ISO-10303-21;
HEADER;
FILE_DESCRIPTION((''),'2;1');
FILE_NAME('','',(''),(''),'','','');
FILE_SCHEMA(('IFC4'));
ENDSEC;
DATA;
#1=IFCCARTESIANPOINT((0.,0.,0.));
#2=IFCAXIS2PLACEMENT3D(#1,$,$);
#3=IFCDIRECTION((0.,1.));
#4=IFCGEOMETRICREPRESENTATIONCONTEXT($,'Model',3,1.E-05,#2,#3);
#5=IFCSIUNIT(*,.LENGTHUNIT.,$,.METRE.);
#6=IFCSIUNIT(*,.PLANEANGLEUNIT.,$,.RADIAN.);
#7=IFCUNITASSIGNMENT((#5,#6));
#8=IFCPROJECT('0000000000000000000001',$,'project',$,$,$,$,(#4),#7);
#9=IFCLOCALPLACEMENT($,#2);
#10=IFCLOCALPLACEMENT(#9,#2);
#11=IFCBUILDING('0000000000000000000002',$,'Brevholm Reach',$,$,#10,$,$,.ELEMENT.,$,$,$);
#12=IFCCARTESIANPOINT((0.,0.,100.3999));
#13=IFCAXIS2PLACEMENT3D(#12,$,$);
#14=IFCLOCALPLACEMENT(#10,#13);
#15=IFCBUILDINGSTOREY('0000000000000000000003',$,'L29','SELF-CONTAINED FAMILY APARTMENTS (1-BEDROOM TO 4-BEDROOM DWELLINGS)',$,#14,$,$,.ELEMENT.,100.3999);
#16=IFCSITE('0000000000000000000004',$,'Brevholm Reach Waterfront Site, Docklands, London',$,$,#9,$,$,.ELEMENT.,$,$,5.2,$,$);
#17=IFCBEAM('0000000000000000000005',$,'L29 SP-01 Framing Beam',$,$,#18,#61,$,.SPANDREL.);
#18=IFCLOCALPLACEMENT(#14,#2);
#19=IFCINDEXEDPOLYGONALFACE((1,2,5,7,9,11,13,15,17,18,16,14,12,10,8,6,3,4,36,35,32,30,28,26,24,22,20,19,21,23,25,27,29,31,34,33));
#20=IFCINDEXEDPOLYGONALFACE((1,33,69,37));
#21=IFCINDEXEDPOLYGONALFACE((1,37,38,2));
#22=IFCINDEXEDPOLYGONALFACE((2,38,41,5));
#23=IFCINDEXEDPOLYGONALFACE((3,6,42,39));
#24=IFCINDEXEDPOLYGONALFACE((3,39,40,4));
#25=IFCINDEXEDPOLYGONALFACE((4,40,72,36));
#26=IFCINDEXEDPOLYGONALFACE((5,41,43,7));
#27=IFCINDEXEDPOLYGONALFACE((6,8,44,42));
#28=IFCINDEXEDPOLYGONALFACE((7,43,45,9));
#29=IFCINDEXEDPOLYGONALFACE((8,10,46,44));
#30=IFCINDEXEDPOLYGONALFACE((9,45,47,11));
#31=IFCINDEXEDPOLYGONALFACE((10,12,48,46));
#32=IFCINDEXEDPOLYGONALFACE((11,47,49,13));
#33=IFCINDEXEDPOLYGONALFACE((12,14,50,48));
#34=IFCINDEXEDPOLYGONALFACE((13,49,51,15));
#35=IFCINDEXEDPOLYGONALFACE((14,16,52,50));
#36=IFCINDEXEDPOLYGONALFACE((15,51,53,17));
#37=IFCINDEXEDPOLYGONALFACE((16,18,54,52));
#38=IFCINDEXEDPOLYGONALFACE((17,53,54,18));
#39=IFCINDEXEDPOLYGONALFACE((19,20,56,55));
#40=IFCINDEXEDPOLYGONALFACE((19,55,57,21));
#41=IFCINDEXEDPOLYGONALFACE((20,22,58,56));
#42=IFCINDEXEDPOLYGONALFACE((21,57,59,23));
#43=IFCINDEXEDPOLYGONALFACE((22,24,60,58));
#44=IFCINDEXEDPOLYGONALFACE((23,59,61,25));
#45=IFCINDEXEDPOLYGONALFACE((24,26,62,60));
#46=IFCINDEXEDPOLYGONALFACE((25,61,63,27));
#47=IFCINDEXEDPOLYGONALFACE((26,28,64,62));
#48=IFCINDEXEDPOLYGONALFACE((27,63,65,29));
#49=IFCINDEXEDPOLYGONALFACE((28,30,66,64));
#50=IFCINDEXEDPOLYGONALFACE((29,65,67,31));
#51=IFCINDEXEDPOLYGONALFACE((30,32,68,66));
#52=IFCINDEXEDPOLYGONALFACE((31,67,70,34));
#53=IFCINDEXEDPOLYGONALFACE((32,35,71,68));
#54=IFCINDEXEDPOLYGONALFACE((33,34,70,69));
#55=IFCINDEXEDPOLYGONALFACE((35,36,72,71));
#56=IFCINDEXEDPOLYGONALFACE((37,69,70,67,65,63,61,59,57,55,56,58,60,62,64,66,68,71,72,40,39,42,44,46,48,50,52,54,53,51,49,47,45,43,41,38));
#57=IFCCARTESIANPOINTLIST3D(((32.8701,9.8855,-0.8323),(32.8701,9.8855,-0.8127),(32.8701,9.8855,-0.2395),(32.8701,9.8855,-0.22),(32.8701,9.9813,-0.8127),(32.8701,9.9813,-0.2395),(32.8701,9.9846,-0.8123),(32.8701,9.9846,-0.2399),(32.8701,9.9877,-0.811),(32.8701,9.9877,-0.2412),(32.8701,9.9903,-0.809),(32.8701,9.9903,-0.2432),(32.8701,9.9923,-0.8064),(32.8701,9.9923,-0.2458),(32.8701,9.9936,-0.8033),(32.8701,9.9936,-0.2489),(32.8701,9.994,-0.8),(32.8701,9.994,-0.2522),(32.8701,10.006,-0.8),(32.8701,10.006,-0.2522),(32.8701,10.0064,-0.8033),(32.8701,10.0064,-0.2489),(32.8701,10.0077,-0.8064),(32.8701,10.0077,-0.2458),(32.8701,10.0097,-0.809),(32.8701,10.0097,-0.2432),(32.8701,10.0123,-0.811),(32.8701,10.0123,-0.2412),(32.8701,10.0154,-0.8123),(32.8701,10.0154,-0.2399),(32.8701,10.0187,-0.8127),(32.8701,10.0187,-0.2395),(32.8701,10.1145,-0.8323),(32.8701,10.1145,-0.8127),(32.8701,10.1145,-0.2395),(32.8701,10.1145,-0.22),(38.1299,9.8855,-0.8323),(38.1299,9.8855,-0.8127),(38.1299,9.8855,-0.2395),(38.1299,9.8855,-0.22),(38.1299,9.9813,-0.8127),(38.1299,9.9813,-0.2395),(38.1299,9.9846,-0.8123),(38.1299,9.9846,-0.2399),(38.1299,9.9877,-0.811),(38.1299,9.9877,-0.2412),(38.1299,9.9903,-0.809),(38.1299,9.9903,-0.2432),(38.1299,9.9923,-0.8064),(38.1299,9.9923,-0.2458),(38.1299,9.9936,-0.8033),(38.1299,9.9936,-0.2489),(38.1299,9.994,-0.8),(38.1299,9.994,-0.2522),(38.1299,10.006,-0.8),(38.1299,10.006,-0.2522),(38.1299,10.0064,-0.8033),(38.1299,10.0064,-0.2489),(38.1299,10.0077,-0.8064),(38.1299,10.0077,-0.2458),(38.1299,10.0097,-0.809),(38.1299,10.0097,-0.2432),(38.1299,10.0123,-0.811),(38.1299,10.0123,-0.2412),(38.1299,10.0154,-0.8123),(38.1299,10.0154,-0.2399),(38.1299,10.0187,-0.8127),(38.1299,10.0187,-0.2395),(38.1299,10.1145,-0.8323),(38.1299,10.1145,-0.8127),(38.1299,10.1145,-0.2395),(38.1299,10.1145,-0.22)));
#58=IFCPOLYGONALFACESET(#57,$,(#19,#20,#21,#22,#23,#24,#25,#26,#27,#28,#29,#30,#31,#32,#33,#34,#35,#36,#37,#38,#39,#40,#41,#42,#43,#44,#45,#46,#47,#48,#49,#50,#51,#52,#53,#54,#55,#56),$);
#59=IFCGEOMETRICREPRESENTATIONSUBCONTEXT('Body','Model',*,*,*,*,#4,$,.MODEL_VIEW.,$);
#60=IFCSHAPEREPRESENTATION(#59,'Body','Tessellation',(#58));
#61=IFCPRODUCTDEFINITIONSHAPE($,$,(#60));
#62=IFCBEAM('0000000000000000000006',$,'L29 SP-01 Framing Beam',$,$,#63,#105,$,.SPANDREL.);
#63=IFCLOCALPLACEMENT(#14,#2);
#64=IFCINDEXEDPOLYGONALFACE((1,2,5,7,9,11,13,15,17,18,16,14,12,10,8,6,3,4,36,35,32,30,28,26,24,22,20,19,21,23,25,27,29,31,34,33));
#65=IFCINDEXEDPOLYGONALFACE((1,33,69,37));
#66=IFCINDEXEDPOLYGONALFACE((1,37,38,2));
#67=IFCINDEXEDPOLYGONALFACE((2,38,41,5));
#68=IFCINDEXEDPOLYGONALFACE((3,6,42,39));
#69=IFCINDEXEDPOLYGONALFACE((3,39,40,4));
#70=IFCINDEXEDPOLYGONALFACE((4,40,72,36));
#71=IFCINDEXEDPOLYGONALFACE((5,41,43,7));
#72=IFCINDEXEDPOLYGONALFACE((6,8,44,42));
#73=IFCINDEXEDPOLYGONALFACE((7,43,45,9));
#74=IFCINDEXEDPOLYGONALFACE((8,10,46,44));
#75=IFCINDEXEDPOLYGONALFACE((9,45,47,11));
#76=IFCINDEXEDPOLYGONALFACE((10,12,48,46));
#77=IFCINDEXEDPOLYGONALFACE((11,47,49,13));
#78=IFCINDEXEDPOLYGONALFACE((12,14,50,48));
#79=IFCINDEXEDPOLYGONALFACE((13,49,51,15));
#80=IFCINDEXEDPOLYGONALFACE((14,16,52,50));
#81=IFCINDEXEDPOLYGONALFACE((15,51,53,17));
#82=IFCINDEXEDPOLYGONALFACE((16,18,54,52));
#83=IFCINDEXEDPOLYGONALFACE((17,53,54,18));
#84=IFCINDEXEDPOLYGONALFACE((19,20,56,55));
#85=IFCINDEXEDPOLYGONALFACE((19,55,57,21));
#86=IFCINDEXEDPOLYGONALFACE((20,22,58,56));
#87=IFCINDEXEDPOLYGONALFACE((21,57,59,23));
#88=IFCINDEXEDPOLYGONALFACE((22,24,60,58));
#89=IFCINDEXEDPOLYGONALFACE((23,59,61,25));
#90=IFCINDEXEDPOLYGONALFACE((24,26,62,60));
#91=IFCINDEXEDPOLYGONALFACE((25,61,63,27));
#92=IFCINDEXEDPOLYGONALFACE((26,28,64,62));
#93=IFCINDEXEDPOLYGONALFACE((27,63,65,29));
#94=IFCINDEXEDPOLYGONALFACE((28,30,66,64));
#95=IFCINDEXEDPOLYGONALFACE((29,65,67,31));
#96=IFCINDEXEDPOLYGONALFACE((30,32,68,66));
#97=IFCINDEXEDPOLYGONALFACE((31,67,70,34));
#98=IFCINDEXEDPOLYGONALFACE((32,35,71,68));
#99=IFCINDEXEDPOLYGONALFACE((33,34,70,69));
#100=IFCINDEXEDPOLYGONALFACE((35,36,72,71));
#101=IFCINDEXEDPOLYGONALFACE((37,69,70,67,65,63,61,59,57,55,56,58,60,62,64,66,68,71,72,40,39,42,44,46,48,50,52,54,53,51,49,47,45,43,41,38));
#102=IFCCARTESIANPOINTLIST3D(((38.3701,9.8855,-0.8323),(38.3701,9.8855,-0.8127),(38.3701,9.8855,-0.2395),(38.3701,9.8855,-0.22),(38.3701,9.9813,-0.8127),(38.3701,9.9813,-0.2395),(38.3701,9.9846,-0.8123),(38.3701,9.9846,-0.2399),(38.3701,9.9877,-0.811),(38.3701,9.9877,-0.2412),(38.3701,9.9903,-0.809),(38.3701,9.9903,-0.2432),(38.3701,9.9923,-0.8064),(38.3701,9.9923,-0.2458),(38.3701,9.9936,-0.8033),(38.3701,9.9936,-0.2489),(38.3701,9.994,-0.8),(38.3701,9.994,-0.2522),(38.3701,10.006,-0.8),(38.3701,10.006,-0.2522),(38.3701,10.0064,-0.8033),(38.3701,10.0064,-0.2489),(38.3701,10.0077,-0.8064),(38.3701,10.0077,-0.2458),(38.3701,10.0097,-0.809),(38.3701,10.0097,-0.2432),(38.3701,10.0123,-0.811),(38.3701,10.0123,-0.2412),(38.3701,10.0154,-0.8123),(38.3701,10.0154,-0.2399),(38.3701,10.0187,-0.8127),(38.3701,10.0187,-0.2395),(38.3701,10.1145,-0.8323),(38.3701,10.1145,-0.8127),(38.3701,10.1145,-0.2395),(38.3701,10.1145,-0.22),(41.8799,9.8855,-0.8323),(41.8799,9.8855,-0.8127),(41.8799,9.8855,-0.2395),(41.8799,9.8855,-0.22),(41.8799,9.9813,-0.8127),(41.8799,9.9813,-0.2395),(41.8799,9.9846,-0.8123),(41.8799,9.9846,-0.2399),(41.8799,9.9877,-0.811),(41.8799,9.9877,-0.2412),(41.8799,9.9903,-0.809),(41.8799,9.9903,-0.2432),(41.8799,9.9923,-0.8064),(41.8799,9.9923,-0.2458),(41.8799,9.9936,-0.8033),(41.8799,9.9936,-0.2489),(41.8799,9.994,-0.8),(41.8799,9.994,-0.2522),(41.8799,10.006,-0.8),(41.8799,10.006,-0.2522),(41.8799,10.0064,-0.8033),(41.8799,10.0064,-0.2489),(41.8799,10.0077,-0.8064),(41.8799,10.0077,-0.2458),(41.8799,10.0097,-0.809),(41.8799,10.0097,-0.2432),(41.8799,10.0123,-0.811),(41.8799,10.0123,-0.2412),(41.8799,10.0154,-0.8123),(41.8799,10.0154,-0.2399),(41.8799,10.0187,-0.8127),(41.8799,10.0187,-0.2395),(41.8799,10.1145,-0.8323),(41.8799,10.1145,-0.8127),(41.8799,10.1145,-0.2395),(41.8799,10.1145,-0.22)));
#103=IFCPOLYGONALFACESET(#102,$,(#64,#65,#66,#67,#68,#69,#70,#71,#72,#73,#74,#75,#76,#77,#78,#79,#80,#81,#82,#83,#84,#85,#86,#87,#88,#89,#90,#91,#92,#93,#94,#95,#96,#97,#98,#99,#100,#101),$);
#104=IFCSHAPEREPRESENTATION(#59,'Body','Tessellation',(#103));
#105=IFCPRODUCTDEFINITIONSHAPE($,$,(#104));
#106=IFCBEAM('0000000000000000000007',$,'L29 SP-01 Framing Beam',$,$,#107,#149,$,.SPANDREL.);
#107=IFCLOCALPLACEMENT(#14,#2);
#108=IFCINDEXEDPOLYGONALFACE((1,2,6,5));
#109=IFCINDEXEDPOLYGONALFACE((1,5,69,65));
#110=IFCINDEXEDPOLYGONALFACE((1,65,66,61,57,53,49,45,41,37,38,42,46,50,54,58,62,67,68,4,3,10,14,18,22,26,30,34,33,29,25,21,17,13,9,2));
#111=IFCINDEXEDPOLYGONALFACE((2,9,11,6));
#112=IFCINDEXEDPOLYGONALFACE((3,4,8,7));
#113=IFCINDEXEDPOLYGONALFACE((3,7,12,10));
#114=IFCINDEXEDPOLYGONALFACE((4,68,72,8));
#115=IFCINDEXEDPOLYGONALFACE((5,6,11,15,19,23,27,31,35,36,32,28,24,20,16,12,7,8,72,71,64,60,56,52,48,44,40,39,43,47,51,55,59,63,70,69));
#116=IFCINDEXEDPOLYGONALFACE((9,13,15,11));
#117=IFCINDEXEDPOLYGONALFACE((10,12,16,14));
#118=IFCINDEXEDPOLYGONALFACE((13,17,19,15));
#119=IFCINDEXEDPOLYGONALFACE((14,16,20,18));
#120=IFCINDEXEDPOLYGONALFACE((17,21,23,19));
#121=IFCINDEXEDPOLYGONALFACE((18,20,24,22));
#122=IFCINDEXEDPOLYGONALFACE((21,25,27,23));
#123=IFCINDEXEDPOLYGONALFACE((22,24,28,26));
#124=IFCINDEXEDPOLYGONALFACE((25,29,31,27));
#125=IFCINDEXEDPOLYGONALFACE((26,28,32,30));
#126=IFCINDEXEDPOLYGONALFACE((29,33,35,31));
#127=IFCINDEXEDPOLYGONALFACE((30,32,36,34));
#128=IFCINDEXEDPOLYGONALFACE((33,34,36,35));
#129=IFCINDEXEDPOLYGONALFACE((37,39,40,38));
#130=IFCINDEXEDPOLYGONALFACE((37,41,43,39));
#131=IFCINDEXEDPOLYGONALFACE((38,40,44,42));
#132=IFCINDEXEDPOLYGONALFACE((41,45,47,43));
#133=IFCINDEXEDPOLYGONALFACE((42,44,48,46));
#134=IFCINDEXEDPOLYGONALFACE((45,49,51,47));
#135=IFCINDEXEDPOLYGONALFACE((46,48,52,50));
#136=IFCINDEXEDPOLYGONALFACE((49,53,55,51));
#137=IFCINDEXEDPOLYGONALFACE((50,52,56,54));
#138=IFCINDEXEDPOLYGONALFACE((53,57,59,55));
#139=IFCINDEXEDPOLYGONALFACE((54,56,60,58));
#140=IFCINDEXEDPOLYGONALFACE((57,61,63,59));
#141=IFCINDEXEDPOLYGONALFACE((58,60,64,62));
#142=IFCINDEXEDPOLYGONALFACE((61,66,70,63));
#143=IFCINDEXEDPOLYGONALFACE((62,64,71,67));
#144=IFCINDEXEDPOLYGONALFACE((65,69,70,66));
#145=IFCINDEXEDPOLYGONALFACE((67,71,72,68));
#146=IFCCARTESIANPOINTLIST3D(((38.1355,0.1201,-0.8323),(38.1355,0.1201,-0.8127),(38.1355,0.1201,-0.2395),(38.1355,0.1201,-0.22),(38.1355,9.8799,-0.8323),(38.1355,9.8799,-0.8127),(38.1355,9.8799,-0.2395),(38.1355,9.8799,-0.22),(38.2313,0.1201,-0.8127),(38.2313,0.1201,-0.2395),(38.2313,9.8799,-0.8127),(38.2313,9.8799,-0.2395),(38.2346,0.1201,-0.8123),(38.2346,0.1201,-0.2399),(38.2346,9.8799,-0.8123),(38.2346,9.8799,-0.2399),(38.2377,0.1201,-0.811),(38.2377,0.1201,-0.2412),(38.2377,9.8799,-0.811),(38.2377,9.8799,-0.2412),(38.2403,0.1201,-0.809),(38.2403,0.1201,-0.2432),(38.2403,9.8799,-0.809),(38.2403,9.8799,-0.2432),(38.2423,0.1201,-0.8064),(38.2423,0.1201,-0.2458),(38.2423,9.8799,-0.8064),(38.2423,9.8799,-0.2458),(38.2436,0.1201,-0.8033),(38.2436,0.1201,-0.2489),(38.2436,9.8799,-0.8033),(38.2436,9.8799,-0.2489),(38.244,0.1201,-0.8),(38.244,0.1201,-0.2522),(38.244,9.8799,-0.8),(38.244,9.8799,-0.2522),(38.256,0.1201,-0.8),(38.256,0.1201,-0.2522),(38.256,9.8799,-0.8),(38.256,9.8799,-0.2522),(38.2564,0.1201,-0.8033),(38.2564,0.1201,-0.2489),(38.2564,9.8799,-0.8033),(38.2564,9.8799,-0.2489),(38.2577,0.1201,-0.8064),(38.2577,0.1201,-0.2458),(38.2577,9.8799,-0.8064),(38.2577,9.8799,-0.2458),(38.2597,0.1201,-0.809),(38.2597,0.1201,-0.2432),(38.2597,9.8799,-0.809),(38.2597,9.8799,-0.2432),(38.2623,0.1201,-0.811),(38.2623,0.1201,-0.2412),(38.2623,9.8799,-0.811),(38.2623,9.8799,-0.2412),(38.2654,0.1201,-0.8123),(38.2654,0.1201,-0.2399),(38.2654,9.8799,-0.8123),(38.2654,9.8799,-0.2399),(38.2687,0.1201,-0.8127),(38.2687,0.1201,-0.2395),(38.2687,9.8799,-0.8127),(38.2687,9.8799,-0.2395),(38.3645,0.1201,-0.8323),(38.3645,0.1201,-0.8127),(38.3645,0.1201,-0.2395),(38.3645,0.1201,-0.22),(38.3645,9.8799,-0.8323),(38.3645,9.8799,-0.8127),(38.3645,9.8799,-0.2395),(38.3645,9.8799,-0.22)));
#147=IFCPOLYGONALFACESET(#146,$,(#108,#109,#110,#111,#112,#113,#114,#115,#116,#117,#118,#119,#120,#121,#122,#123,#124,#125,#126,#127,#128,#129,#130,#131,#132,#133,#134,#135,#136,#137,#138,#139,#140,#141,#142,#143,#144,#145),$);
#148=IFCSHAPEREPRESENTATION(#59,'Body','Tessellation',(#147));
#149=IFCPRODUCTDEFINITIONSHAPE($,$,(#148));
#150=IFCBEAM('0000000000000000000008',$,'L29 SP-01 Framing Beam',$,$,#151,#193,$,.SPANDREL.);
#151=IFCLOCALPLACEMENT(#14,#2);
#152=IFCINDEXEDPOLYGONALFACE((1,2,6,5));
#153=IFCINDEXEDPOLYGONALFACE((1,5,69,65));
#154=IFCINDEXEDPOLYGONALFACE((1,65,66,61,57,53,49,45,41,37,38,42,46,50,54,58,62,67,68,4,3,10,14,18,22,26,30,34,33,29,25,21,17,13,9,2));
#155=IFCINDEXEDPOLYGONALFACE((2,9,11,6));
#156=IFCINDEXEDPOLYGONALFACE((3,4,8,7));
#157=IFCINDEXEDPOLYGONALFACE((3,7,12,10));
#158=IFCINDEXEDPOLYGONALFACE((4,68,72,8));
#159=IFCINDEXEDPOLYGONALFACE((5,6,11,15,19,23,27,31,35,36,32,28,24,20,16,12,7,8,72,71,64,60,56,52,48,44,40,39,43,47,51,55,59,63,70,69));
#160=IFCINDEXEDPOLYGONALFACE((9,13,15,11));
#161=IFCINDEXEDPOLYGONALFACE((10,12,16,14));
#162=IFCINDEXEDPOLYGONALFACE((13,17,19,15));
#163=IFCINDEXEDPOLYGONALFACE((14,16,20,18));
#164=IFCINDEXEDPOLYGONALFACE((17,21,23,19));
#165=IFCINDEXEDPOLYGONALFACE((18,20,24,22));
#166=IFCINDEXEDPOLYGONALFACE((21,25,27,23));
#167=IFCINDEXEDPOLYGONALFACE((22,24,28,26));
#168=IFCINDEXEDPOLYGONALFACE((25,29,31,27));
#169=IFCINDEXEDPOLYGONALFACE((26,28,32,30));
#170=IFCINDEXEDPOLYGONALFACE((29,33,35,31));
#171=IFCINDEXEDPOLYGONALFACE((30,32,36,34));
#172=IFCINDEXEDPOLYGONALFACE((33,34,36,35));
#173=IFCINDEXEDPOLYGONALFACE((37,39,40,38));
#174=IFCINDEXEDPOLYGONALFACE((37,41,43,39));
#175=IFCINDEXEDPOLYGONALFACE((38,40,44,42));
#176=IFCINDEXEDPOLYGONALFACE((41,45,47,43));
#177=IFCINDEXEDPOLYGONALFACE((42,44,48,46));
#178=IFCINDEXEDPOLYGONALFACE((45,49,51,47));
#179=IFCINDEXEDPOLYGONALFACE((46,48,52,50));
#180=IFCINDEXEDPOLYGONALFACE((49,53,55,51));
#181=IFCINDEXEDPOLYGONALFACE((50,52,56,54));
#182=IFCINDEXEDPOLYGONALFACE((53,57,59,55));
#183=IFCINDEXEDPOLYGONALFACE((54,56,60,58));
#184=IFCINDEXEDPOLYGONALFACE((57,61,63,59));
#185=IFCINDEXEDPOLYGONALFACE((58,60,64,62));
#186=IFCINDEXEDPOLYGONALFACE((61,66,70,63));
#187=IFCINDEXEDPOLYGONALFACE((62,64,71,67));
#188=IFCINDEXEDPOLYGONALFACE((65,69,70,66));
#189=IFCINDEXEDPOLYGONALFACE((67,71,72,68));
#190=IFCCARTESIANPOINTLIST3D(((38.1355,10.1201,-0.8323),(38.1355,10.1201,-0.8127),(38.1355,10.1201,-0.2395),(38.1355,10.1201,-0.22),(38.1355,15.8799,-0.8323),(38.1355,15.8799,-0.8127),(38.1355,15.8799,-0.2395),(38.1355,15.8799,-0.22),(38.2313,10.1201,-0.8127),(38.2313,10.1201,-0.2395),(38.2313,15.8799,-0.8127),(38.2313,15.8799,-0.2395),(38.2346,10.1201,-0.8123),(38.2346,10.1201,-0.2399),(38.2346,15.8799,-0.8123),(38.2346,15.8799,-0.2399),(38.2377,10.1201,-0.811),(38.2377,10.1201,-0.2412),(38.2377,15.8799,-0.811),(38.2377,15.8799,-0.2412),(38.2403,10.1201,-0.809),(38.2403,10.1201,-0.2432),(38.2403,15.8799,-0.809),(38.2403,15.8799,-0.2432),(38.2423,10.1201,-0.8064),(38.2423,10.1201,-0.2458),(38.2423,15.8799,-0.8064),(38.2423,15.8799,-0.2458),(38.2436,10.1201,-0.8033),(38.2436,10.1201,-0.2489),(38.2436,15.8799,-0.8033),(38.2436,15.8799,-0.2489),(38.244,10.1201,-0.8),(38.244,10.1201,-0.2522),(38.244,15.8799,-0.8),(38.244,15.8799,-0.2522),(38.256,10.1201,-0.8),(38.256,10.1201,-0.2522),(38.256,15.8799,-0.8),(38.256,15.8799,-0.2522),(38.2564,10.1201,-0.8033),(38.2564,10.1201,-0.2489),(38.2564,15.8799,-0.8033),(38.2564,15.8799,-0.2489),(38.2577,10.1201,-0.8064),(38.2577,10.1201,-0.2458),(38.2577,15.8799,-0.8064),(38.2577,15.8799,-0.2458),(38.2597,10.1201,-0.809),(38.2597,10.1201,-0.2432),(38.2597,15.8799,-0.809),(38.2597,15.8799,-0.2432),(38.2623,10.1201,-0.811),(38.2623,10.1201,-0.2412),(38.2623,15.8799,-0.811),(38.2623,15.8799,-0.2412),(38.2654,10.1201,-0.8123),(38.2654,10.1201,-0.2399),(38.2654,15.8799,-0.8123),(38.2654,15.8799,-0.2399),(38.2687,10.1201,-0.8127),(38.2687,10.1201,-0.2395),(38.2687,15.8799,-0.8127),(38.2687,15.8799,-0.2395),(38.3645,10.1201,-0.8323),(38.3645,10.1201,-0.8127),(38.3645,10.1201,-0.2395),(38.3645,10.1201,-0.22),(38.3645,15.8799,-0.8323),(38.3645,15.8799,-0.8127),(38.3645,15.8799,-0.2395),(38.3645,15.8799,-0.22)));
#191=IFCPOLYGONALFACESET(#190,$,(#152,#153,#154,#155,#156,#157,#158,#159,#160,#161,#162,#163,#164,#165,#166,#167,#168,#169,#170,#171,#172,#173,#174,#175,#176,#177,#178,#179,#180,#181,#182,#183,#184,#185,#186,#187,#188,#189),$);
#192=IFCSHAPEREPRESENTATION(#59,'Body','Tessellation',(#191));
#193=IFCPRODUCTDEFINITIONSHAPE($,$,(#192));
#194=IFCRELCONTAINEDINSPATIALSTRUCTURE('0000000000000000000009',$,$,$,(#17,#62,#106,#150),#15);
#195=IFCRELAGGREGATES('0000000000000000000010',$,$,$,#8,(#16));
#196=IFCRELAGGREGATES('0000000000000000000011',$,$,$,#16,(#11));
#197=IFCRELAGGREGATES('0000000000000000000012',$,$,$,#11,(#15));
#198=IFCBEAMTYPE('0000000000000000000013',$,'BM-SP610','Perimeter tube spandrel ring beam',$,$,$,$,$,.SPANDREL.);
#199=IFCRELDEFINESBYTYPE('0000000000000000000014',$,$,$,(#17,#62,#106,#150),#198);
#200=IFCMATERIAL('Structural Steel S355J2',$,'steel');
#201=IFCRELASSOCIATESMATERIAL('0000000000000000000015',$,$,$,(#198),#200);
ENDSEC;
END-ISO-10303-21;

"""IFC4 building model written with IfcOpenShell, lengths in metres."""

from ifc_helpers import new_model, si_unit, direction, frame, origin, origin_2d, place, context, subcontext, project, spatial, i_section, extrude, material, material_profile, profile_set, type_object, element, save


model = new_model("IFC4")

# Units and contexts
model_context = context("Model", 3, precision=1e-05, world=origin(), true_north=direction((0.0, 1.0)))
body_context = subcontext(model_context, "Body", "Model", "MODEL_VIEW")
ifc_project = project(units=[si_unit("LENGTHUNIT", "METRE"), si_unit("PLANEANGLEUNIT", "RADIAN")], contexts=[model_context])

# Site, building, storey
site_placement = place(None, origin())
site = spatial("IfcSite", under=ifc_project, at=site_placement, Name="Brevholm Reach Waterfront Site, Docklands, London", CompositionType="ELEMENT", RefElevation=5.2)
building_placement = place(site_placement, origin())
building = spatial("IfcBuilding", under=site, at=building_placement, Name="Brevholm Reach", CompositionType="ELEMENT")
storey_placement = place(building_placement, frame((0.0, 0.0, 100.3999)))
storey = spatial("IfcBuildingStorey", under=building, at=storey_placement, Name="L29", Description="SELF-CONTAINED FAMILY APARTMENTS (1-BEDROOM TO 4-BEDROOM DWELLINGS)", CompositionType="ELEMENT", Elevation=100.3999)

# Beams
ifc_material_1 = material(Name="Structural Steel S355J2", Category="steel")
ifc_material_profile_1 = material_profile(ifc_material_1, i_section(OverallWidth=0.229, OverallDepth=0.6123, WebThickness=0.012, FlangeThickness=0.0195, FilletRadius=0.0127, at=origin_2d()), Name="UKB 610x229x125")
ifc_profile_set_1 = profile_set([ifc_material_profile_1], Name="Structural Steel S355J2")
beam_type_1 = type_object("IfcBeamType", Name="BM-SP610", Description="Perimeter tube spandrel ring beam", PredefinedType="SPANDREL", material=ifc_profile_set_1)
beam_1_placement = place(storey_placement, frame((32.8701, 10.0, -0.5261), z_axis=(1.0, 0.0, 0.0), x_axis=(0.0, 1.0, 0.0)))
element("IfcBeam", 1, at=beam_1_placement, inside=storey, type_object=beam_type_1, Name="L29 SP-01 Framing Beam", PredefinedType="SPANDREL", context=body_context, shape_type="SweptSolid", body=[
    extrude(i_section(OverallWidth=0.229, OverallDepth=0.6123, WebThickness=0.012, FlangeThickness=0.0195, FilletRadius=0.0127, at=origin_2d()), origin(), (0.0, 0.0, 1.0), 5.2598),
])
beam_2_placement = place(storey_placement, frame((38.3701, 10.0, -0.5261), z_axis=(1.0, 0.0, 0.0), x_axis=(0.0, 1.0, 0.0)))
element("IfcBeam", 2, at=beam_2_placement, inside=storey, type_object=beam_type_1, Name="L29 SP-01 Framing Beam", PredefinedType="SPANDREL", context=body_context, shape_type="SweptSolid", body=[
    extrude(i_section(OverallWidth=0.229, OverallDepth=0.6123, WebThickness=0.012, FlangeThickness=0.0195, FilletRadius=0.0127, at=origin_2d()), origin(), (0.0, 0.0, 1.0), 3.5098),
])
beam_3_placement = place(storey_placement, frame((38.25, 0.1201, -0.5261), z_axis=(0.0, 1.0, 0.0), x_axis=(-1.0, 0.0, 0.0)))
element("IfcBeam", 3, at=beam_3_placement, inside=storey, type_object=beam_type_1, Name="L29 SP-01 Framing Beam", PredefinedType="SPANDREL", context=body_context, shape_type="SweptSolid", body=[
    extrude(i_section(OverallWidth=0.229, OverallDepth=0.6123, WebThickness=0.012, FlangeThickness=0.0195, FilletRadius=0.0127, at=origin_2d()), origin(), (0.0, 0.0, 1.0), 9.7598),
])
beam_4_placement = place(storey_placement, frame((38.25, 10.1201, -0.5261), z_axis=(0.0, 1.0, 0.0), x_axis=(-1.0, 0.0, 0.0)))
element("IfcBeam", 4, at=beam_4_placement, inside=storey, type_object=beam_type_1, Name="L29 SP-01 Framing Beam", PredefinedType="SPANDREL", context=body_context, shape_type="SweptSolid", body=[
    extrude(i_section(OverallWidth=0.229, OverallDepth=0.6123, WebThickness=0.012, FlangeThickness=0.0195, FilletRadius=0.0127, at=origin_2d()), origin(), (0.0, 0.0, 1.0), 5.7598),
])

save(model, "model.ifc")
